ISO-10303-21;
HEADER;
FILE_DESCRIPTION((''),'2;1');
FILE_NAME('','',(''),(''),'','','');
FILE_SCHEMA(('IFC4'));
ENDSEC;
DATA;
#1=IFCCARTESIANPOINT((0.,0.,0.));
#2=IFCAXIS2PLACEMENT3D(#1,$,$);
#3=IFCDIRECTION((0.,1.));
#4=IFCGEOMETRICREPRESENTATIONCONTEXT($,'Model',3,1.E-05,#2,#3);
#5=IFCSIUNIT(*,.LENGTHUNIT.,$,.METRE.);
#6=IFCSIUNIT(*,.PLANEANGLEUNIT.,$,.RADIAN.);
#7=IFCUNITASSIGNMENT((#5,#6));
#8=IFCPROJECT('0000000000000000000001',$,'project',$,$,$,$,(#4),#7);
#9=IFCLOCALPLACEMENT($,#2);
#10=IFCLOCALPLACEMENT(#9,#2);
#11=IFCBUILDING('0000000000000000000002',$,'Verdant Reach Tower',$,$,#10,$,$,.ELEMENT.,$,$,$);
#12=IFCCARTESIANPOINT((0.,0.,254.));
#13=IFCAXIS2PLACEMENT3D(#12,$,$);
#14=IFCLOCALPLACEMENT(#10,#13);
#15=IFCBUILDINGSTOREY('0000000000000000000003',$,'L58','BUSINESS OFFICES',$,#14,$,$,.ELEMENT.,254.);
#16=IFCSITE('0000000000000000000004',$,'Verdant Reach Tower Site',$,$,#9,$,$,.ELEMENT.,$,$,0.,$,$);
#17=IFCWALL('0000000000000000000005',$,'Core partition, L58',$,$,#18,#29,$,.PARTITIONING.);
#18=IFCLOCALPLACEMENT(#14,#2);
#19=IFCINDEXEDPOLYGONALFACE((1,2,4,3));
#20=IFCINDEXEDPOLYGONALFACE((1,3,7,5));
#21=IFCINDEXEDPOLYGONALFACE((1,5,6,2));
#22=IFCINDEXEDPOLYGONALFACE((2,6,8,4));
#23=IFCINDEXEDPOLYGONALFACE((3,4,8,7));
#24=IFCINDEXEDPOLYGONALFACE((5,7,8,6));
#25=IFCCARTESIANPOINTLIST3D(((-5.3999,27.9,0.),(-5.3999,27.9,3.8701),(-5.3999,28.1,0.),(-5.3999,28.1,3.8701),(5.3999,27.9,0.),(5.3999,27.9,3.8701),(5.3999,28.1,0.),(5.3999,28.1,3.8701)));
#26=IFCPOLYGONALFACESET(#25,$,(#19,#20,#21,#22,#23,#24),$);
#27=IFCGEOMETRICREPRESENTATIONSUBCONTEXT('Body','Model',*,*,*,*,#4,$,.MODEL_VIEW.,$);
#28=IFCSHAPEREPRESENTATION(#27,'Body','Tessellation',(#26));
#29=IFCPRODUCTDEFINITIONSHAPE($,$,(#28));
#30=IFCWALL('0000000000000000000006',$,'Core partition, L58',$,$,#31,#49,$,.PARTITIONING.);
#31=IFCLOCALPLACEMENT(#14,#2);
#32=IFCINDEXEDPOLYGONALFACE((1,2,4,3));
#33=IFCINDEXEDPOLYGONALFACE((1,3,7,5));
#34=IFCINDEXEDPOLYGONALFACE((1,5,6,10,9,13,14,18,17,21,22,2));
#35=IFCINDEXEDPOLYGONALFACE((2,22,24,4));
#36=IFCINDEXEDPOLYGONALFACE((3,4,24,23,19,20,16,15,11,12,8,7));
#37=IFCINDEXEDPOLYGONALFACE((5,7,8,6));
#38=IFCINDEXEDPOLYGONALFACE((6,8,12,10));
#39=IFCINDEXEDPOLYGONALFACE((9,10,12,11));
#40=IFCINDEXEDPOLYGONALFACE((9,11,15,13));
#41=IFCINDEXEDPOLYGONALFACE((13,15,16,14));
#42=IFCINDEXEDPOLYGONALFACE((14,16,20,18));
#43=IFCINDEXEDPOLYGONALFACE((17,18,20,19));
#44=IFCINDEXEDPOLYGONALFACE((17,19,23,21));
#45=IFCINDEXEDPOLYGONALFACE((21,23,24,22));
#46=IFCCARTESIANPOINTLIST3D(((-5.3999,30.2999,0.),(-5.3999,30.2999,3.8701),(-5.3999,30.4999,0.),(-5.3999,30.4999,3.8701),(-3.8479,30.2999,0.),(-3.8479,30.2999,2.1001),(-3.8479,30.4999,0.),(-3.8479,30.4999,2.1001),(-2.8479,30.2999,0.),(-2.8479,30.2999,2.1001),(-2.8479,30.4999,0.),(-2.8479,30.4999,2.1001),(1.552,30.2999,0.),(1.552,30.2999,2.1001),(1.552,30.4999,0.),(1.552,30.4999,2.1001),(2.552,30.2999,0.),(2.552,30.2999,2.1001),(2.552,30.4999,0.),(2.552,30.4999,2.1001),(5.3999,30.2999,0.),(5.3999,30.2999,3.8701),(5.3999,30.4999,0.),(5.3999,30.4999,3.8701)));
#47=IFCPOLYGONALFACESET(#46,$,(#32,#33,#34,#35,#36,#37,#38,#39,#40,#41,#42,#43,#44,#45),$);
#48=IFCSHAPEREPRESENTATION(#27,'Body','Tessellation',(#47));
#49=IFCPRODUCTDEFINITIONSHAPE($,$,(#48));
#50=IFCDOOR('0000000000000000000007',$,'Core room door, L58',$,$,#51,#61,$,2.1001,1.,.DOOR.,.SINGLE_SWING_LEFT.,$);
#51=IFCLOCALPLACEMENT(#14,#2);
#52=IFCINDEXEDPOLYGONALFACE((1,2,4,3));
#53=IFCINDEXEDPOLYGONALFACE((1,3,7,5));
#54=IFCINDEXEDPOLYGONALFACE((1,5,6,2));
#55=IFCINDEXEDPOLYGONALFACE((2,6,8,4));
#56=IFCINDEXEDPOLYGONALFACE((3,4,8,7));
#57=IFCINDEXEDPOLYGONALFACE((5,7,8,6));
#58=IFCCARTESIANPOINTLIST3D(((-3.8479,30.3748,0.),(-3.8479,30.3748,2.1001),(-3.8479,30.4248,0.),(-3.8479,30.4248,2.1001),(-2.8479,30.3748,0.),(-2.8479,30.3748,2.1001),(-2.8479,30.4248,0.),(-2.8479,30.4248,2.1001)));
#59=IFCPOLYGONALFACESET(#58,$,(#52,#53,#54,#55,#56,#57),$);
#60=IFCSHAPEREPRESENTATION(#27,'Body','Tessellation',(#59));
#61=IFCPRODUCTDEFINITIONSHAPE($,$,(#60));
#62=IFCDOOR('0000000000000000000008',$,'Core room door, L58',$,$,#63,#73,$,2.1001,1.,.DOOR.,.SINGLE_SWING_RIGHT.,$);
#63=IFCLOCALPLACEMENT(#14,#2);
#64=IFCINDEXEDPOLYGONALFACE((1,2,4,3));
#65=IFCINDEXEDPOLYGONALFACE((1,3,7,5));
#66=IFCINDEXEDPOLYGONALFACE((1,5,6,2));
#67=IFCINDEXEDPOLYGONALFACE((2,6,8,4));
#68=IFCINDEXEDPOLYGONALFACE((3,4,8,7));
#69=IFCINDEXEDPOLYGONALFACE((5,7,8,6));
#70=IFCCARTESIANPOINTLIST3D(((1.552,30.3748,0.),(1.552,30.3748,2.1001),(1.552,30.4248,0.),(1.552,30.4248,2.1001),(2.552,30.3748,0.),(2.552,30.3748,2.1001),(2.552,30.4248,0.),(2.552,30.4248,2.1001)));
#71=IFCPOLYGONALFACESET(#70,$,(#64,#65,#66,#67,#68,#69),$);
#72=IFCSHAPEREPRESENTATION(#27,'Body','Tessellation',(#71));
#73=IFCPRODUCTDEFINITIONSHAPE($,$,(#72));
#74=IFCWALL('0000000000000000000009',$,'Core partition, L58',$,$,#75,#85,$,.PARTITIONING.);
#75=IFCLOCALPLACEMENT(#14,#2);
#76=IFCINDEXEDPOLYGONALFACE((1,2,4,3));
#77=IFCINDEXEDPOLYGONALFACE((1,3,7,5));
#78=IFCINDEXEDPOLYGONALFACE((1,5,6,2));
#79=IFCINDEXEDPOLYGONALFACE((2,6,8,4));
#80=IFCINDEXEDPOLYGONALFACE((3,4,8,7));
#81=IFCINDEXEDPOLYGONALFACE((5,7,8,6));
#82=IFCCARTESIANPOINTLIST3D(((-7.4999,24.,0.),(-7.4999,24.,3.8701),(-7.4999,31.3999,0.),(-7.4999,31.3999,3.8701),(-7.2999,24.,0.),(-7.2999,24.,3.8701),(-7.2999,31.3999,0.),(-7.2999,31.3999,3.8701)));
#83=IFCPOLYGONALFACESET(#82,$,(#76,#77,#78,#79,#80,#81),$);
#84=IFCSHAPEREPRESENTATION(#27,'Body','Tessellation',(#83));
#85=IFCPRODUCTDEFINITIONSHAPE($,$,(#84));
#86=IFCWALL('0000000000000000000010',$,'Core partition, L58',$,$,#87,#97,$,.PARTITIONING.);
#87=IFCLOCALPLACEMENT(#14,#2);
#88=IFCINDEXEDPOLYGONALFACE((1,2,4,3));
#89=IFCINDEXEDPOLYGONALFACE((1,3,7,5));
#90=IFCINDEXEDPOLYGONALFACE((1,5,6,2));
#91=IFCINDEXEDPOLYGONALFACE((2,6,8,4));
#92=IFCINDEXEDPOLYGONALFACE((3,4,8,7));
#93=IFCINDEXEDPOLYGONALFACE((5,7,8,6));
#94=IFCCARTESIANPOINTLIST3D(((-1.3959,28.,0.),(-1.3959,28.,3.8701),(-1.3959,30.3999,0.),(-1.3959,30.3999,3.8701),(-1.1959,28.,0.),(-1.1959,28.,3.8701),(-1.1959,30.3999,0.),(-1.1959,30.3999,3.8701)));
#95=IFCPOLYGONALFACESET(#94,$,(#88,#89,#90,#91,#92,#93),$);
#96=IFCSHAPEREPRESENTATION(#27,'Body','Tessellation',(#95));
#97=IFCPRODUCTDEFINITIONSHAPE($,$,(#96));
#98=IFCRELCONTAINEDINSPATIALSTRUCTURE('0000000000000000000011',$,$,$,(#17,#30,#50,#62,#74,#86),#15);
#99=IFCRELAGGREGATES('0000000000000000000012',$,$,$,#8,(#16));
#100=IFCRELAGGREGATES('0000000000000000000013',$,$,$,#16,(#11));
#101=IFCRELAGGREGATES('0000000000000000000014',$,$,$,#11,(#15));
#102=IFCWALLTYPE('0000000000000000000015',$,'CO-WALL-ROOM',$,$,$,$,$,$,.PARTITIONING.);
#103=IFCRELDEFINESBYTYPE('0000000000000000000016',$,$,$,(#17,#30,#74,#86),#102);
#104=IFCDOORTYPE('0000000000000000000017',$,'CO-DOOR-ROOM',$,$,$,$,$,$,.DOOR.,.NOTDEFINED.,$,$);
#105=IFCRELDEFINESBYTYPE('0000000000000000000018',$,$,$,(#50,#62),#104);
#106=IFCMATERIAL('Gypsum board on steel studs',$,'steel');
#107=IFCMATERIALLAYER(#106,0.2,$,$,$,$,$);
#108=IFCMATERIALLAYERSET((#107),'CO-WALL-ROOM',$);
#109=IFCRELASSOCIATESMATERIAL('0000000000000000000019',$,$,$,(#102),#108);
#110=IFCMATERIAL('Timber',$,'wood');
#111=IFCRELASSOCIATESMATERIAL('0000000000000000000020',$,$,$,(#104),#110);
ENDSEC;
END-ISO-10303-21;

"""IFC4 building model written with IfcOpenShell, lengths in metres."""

from ifc_helpers import new_model, si_unit, direction, frame, frame_2d, origin, place, context, subcontext, project, spatial, rectangle, extrude, material, layer, layer_set, type_object, element, fill, save


model = new_model("IFC4")

# Units and contexts
model_context = context("Model", 3, precision=1e-05, world=origin(), true_north=direction((0.0, 1.0)))
body_context = subcontext(model_context, "Body", "Model", "MODEL_VIEW")
ifc_project = project(units=[si_unit("LENGTHUNIT", "METRE"), si_unit("PLANEANGLEUNIT", "RADIAN")], contexts=[model_context])

# Site, building, storey
site_placement = place(None, origin())
site = spatial("IfcSite", under=ifc_project, at=site_placement, Name="Verdant Reach Tower Site", CompositionType="ELEMENT", RefElevation=0.0)
building_placement = place(site_placement, origin())
building = spatial("IfcBuilding", under=site, at=building_placement, Name="Verdant Reach Tower", CompositionType="ELEMENT")
storey_placement = place(building_placement, frame((0.0, 0.0, 254.0)))
storey = spatial("IfcBuildingStorey", under=building, at=storey_placement, Name="L58", Description="BUSINESS OFFICES", CompositionType="ELEMENT", Elevation=254.0)

# Wall
ifc_material_1 = material(Name="Gypsum board on steel studs", Category="steel")
ifc_layer_1 = layer(ifc_material_1, 0.2)
ifc_layer_set_1 = layer_set([ifc_layer_1], Name="CO-WALL-ROOM")
wall_type_1 = type_object("IfcWallType", Name="CO-WALL-ROOM", PredefinedType="PARTITIONING", material=ifc_layer_set_1)
wall_1_placement = place(storey_placement, frame((-5.3999, 28.0, 0.0), z_axis=(0.0, 0.0, 1.0), x_axis=(1.0, 0.0, 0.0)))
element("IfcWall", 1, at=wall_1_placement, inside=storey, type_object=wall_type_1, Name="Core partition, L58", PredefinedType="PARTITIONING", context=body_context, shape_type="SweptSolid", body=[
    extrude(rectangle(XDim=10.7998, YDim=0.2, at=frame_2d((5.3999, 0.0))), origin(), (0.0, 0.0, 1.0), 3.8701),
])

# Wall, openings, doors
wall_2_placement = place(storey_placement, frame((-5.3999, 30.3999, 0.0), z_axis=(0.0, 0.0, 1.0), x_axis=(1.0, 0.0, 0.0)))
wall_2 = element("IfcWall", 2, at=wall_2_placement, inside=storey, type_object=wall_type_1, Name="Core partition, L58", PredefinedType="PARTITIONING", context=body_context, shape_type="SweptSolid", body=[
    extrude(rectangle(XDim=10.7998, YDim=0.2, at=frame_2d((5.3999, 0.0))), origin(), (0.0, 0.0, 1.0), 3.8701),
])
opening_1_placement = place(wall_2_placement, frame((1.552, 0.0, 0.0)))
opening_1 = element("IfcOpeningElement", 3, at=opening_1_placement, cuts=wall_2, PredefinedType="OPENING", context=body_context, shape_type="SweptSolid", body=[
    extrude(rectangle(XDim=1.0, YDim=2.1001, at=frame_2d((0.5, 1.05))), frame((0.0, 0.1099, 0.0), z_axis=(0.0, -1.0, 0.0), x_axis=(1.0, 0.0, 0.0)), (0.0, 0.0, 1.0), 0.22),
])
opening_2_placement = place(wall_2_placement, frame((6.9519, 0.0, 0.0)))
opening_2 = element("IfcOpeningElement", 4, at=opening_2_placement, cuts=wall_2, PredefinedType="OPENING", context=body_context, shape_type="SweptSolid", body=[
    extrude(rectangle(XDim=1.0, YDim=2.1001, at=frame_2d((0.5, 1.05))), frame((0.0, 0.1099, 0.0), z_axis=(0.0, -1.0, 0.0), x_axis=(1.0, 0.0, 0.0)), (0.0, 0.0, 1.0), 0.22),
])
ifc_material_2 = material(Name="Timber", Category="wood")
door_type_1 = type_object("IfcDoorType", Name="CO-DOOR-ROOM", OperationType="NOTDEFINED", PredefinedType="DOOR", material=ifc_material_2)
door_1_placement = place(opening_1_placement, origin())
door_1 = element("IfcDoor", 5, at=door_1_placement, inside=storey, type_object=door_type_1, Name="Core room door, L58", OperationType="SINGLE_SWING_LEFT", OverallHeight=2.1001, OverallWidth=1.0, PredefinedType="DOOR", context=body_context, shape_type="SweptSolid", body=[
    extrude(rectangle(XDim=1.0, YDim=2.1001, at=frame_2d((0.5, 1.05))), frame((0.0, 0.0249, 0.0), z_axis=(0.0, -1.0, 0.0), x_axis=(1.0, 0.0, 0.0)), (0.0, 0.0, 1.0), 0.05),
])
fill(opening_1, door_1)
door_2_placement = place(opening_2_placement, origin())
door_2 = element("IfcDoor", 6, at=door_2_placement, inside=storey, type_object=door_type_1, Name="Core room door, L58", OperationType="SINGLE_SWING_RIGHT", OverallHeight=2.1001, OverallWidth=1.0, PredefinedType="DOOR", context=body_context, shape_type="SweptSolid", body=[
    extrude(rectangle(XDim=1.0, YDim=2.1001, at=frame_2d((0.5, 1.05))), frame((0.0, 0.0249, 0.0), z_axis=(0.0, -1.0, 0.0), x_axis=(1.0, 0.0, 0.0)), (0.0, 0.0, 1.0), 0.05),
])
fill(opening_2, door_2)

# Walls
wall_3_placement = place(storey_placement, frame((-7.3999, 24.0, 0.0), z_axis=(0.0, 0.0, 1.0), x_axis=(0.0, 1.0, 0.0)))
element("IfcWall", 7, at=wall_3_placement, inside=storey, type_object=wall_type_1, Name="Core partition, L58", PredefinedType="PARTITIONING", context=body_context, shape_type="SweptSolid", body=[
    extrude(rectangle(XDim=7.3999, YDim=0.2, at=frame_2d((3.7, 0.0))), origin(), (0.0, 0.0, 1.0), 3.8701),
])
wall_4_placement = place(storey_placement, frame((-1.2959, 28.0, 0.0), z_axis=(0.0, 0.0, 1.0), x_axis=(0.0, 1.0, 0.0)))
element("IfcWall", 8, at=wall_4_placement, inside=storey, type_object=wall_type_1, Name="Core partition, L58", PredefinedType="PARTITIONING", context=body_context, shape_type="SweptSolid", body=[
    extrude(rectangle(XDim=2.3999, YDim=0.2, at=frame_2d((1.2, 0.0))), origin(), (0.0, 0.0, 1.0), 3.8701),
])

save(model, "model.ifc")
